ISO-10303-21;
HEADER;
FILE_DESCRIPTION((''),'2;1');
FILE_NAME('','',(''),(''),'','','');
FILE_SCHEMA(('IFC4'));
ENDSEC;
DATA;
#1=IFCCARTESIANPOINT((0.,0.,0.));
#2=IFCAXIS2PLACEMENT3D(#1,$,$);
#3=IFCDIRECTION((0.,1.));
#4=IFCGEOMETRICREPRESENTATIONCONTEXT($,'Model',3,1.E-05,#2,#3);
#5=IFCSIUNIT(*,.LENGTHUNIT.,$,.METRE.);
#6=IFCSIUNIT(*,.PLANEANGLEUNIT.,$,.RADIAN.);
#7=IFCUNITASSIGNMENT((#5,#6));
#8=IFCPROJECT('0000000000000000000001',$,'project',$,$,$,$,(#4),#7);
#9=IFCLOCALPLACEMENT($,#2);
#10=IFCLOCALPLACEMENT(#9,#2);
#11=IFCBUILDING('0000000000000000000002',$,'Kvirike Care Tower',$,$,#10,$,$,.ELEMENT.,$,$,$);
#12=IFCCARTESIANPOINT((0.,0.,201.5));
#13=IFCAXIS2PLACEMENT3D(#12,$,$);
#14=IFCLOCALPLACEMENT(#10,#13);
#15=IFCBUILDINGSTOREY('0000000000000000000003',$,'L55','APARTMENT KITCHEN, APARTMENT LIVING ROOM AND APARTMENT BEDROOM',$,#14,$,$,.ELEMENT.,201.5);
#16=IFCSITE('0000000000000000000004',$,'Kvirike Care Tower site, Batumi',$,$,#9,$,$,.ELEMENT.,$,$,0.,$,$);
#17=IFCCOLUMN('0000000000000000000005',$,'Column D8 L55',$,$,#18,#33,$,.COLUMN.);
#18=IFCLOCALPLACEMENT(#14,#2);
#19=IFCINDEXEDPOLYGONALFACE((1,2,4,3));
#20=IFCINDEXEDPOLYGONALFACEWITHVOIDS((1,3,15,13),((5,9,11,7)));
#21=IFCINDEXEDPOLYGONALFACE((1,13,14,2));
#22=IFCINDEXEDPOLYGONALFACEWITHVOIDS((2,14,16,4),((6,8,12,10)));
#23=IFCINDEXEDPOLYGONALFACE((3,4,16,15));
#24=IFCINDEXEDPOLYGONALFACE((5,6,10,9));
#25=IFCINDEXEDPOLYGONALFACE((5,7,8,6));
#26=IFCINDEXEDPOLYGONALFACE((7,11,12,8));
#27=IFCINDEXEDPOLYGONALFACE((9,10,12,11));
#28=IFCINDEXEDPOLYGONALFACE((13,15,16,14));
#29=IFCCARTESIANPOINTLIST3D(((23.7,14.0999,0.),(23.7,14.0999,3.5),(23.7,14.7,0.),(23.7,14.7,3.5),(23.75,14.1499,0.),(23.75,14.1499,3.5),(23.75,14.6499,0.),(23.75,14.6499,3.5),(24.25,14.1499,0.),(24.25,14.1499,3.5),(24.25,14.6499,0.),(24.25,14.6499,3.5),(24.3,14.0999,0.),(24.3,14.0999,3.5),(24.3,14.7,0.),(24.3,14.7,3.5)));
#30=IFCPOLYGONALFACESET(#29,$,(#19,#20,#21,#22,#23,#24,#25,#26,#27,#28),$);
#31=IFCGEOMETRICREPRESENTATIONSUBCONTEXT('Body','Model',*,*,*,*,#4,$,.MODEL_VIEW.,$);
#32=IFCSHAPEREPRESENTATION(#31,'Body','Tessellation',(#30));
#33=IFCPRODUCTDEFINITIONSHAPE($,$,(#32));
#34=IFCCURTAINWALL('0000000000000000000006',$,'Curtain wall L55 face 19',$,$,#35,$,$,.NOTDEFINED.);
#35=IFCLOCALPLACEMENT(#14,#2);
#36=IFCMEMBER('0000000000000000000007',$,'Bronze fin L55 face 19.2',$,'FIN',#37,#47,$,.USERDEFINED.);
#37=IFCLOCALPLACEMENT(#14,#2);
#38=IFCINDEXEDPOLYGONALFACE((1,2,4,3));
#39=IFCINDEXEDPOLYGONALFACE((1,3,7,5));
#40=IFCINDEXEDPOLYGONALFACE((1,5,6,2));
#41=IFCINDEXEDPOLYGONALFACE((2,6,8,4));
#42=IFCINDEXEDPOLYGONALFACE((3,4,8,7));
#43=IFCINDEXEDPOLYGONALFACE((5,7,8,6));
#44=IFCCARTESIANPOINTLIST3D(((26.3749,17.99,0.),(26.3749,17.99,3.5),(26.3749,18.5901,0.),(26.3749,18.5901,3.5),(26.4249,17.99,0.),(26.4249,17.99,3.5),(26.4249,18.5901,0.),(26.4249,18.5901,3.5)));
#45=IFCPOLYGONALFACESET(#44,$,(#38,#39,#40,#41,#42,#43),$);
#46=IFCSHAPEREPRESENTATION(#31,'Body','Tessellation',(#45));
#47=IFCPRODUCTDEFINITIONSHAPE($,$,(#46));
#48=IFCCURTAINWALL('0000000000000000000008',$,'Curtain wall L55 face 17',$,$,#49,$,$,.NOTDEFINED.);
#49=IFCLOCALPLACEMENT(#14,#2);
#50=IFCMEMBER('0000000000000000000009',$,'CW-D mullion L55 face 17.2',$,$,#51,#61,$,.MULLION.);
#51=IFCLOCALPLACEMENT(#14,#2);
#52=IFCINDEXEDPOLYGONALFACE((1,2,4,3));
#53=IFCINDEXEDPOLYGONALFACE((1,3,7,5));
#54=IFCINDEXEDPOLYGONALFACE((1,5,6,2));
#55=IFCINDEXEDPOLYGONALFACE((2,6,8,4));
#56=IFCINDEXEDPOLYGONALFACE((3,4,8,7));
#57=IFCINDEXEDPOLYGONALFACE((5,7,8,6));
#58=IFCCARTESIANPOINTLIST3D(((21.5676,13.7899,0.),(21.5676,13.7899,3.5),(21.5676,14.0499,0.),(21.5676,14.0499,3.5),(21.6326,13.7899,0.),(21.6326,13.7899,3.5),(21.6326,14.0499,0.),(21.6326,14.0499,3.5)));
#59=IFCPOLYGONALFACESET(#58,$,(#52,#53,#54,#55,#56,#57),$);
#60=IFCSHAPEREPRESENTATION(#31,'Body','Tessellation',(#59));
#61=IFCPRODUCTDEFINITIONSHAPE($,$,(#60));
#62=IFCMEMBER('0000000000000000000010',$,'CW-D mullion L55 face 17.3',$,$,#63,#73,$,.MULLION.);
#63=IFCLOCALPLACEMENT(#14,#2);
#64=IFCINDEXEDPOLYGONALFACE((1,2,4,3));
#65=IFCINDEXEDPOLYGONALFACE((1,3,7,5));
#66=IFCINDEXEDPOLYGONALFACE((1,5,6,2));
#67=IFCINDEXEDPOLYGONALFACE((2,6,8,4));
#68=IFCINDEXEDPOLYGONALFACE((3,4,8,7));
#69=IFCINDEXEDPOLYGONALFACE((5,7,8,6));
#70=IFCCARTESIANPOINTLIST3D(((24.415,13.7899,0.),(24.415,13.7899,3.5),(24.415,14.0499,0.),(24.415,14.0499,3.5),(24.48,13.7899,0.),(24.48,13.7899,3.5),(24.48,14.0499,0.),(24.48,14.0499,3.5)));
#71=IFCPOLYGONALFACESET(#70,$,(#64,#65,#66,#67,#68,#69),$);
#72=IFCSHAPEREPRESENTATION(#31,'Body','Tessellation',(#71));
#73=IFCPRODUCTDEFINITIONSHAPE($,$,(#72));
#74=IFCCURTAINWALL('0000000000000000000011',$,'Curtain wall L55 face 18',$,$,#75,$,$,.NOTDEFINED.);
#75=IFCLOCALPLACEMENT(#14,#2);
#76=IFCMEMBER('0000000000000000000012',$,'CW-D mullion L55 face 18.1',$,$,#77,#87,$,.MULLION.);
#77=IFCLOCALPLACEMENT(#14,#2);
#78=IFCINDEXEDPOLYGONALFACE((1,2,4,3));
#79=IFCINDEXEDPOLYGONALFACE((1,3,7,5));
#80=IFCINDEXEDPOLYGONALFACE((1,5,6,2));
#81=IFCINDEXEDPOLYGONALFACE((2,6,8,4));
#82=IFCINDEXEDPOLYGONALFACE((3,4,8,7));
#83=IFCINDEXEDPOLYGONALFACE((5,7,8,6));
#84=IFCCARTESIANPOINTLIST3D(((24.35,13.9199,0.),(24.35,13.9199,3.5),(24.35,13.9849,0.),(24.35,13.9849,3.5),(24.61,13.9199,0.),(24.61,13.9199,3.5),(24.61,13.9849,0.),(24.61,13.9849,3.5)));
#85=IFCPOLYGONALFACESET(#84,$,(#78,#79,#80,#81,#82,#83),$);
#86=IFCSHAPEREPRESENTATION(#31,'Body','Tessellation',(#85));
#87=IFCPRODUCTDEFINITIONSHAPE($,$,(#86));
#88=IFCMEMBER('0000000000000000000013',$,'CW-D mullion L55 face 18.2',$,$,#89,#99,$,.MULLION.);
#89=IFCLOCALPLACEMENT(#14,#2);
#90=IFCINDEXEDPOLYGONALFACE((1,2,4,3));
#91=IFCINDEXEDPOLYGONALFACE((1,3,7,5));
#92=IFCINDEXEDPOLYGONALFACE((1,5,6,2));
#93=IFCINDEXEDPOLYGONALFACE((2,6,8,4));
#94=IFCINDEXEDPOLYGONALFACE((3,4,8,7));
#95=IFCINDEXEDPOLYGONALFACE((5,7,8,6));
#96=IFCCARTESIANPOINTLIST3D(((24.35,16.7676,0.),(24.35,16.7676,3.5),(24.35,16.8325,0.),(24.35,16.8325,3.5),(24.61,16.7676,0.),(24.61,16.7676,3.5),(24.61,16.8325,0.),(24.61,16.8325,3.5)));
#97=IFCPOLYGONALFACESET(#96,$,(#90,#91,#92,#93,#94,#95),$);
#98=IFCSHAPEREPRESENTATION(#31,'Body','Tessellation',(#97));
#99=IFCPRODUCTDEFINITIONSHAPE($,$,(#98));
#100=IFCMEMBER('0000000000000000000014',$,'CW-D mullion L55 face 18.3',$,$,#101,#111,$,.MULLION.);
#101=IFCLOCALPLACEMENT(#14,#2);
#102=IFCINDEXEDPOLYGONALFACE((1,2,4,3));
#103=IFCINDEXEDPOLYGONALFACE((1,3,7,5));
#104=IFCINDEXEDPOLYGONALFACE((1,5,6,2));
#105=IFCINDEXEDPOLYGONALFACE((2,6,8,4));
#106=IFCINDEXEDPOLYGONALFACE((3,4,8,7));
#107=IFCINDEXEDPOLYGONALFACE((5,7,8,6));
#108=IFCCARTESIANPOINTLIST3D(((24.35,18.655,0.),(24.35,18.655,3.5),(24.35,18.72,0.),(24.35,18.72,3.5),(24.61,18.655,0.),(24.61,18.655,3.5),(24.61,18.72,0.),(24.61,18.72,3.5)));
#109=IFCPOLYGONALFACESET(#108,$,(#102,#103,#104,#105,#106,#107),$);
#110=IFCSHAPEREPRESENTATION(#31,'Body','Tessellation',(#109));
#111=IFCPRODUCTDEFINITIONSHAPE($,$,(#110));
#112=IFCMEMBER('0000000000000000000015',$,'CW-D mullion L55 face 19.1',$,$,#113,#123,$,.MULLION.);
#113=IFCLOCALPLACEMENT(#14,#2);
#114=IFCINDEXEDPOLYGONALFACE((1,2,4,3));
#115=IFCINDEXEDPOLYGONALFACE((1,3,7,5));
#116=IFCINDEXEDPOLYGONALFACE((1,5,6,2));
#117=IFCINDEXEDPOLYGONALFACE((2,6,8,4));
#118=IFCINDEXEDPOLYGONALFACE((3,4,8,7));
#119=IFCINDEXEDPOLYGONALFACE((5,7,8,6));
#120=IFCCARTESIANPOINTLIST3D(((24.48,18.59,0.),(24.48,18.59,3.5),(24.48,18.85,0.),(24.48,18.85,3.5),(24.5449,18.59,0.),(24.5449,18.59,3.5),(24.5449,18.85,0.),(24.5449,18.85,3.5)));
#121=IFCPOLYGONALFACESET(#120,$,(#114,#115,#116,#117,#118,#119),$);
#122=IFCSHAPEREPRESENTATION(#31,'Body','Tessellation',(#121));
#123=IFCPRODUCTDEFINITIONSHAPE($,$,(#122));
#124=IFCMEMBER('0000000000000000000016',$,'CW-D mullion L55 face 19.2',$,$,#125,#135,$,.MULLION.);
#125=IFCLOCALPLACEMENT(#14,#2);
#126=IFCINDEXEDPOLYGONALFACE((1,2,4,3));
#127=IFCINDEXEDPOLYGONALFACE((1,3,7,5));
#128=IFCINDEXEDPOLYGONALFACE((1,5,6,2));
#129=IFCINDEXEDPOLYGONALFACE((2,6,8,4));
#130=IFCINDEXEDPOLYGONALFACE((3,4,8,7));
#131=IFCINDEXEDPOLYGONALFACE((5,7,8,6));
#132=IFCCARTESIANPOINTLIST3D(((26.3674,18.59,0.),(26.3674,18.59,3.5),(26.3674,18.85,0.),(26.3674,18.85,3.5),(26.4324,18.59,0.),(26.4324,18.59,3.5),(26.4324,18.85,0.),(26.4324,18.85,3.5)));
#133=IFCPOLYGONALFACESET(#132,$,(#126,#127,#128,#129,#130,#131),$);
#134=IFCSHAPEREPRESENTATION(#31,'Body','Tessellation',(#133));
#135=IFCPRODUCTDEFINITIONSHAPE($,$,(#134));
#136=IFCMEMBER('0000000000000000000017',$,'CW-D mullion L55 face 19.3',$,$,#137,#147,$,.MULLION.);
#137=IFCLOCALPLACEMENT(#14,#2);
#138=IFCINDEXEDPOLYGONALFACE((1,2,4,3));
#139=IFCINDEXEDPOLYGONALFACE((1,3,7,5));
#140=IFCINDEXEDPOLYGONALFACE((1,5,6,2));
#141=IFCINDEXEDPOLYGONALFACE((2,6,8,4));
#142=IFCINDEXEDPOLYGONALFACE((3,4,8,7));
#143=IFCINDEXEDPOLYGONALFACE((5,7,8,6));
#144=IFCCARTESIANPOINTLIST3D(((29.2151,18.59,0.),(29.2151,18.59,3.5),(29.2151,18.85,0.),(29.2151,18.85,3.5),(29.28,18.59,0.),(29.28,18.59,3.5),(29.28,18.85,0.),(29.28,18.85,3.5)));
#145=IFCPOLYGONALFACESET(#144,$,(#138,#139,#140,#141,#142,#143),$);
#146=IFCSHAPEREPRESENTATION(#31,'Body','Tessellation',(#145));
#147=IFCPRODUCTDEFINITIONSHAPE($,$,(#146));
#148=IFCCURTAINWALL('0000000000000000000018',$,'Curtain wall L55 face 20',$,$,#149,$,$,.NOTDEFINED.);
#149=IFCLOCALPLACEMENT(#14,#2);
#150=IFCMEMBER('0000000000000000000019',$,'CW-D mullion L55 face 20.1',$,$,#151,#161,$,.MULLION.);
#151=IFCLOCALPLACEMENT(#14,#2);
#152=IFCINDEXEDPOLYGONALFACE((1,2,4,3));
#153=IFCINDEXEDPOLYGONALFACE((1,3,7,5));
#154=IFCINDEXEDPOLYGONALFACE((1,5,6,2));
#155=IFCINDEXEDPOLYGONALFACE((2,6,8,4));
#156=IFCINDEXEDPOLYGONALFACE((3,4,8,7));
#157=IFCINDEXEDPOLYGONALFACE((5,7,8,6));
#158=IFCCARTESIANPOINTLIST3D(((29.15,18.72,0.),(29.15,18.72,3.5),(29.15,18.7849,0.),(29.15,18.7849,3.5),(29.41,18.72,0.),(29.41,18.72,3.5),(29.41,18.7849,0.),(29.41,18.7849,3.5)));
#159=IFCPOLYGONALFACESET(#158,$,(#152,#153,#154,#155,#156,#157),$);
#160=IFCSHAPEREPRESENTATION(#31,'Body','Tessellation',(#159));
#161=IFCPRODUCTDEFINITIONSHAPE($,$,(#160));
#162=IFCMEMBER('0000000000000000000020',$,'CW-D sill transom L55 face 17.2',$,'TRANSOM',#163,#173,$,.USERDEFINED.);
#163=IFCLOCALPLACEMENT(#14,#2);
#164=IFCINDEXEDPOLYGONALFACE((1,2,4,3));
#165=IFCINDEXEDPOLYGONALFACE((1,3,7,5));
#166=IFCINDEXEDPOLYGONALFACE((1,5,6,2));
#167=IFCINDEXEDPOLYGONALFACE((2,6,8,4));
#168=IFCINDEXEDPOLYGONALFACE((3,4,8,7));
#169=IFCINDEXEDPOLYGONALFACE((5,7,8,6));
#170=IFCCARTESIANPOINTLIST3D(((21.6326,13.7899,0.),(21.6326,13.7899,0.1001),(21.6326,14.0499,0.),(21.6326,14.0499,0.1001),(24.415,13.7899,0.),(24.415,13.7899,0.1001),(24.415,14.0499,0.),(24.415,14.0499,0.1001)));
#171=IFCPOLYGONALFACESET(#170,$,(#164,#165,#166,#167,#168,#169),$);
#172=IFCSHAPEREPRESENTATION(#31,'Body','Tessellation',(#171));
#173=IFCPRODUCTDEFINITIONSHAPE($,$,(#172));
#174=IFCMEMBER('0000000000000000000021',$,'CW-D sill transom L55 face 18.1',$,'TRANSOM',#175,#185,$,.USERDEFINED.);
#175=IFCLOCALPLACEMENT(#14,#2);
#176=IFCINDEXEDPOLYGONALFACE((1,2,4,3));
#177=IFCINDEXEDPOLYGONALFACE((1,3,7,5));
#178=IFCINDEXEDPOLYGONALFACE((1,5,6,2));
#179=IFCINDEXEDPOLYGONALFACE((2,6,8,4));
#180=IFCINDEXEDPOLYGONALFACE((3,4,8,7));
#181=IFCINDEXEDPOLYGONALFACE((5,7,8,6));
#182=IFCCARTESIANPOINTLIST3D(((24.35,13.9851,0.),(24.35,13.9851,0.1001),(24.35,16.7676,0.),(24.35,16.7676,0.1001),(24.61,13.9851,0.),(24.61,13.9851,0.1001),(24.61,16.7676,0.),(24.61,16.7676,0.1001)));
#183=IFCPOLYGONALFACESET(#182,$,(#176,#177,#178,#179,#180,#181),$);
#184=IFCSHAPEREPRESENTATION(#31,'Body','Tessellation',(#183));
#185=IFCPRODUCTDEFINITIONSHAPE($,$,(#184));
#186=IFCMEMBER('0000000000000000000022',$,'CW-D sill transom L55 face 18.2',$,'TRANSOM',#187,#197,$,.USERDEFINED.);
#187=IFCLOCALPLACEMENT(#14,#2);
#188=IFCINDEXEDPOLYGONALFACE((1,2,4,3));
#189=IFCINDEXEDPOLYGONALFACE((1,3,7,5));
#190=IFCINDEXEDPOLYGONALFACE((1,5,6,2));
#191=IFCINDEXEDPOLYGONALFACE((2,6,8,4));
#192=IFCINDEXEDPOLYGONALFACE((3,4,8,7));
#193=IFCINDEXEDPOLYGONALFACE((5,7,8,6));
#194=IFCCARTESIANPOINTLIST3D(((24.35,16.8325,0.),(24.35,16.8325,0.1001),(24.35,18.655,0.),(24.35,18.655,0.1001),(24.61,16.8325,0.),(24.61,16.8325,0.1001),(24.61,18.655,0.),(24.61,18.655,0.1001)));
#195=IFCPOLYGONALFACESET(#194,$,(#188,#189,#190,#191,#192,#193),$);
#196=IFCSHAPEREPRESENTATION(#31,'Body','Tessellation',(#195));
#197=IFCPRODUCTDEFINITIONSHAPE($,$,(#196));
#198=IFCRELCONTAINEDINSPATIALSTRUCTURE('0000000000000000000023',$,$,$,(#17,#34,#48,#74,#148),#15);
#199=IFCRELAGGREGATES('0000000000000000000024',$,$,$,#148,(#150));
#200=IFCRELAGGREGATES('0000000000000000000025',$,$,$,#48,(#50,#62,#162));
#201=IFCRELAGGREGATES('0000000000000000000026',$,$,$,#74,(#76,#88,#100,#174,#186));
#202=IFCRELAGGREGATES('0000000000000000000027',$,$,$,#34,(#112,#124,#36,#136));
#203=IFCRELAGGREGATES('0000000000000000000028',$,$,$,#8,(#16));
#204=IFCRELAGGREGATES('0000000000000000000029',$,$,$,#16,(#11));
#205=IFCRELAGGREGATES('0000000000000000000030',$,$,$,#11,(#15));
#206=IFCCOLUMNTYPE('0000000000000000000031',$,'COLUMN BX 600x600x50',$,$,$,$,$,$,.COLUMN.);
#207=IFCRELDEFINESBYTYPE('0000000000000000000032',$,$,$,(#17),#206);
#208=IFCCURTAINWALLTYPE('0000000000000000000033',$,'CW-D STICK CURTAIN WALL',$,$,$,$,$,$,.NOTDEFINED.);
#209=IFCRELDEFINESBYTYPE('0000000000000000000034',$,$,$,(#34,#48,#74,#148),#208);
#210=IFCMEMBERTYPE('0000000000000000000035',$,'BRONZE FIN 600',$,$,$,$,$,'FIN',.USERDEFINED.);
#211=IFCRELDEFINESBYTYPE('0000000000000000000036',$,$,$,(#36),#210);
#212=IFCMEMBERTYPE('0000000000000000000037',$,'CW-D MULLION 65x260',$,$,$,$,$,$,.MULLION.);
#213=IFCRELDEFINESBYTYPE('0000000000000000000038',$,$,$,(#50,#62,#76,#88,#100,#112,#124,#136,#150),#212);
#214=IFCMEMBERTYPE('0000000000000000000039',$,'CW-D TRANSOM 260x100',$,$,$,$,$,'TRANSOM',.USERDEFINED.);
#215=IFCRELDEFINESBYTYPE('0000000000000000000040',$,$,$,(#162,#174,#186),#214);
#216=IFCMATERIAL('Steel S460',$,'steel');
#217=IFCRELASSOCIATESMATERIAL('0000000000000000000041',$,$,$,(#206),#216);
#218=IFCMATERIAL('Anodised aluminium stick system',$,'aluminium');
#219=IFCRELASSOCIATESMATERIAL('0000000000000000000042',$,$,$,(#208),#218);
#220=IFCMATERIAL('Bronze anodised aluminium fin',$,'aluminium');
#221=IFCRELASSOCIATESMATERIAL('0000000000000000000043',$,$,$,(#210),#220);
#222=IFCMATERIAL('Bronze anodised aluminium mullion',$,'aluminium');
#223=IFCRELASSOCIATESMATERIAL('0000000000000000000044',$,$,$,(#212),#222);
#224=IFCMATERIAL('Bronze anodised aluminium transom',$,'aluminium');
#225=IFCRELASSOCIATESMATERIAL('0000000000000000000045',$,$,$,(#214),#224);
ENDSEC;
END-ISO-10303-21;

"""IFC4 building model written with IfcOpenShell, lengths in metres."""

from ifc_helpers import new_model, si_unit, direction, frame, origin, origin_2d, place, context, subcontext, project, spatial, rectangle, hollow_rectangle, extrude, material, material_profile, profile_set, type_object, element, aggregate, save


model = new_model("IFC4")

# Units and contexts
model_context = context("Model", 3, precision=1e-05, world=origin(), true_north=direction((0.0, 1.0)))
body_context = subcontext(model_context, "Body", "Model", "MODEL_VIEW")
ifc_project = project(units=[si_unit("LENGTHUNIT", "METRE"), si_unit("PLANEANGLEUNIT", "RADIAN")], contexts=[model_context])

# Site, building, storey
site_placement = place(None, origin())
site = spatial("IfcSite", under=ifc_project, at=site_placement, Name="Kvirike Care Tower site, Batumi", CompositionType="ELEMENT", RefElevation=0.0)
building_placement = place(site_placement, origin())
building = spatial("IfcBuilding", under=site, at=building_placement, Name="Kvirike Care Tower", CompositionType="ELEMENT")
storey_placement = place(building_placement, frame((0.0, 0.0, 201.5)))
storey = spatial("IfcBuildingStorey", under=building, at=storey_placement, Name="L55", Description="APARTMENT KITCHEN, APARTMENT LIVING ROOM AND APARTMENT BEDROOM", CompositionType="ELEMENT", Elevation=201.5)

# Column
ifc_material_1 = material(Name="Steel S460", Category="steel")
ifc_material_profile_1 = material_profile(ifc_material_1, hollow_rectangle(XDim=0.6001, YDim=0.6001, WallThickness=0.05, at=origin_2d()), Name="BX 600x600x50")
ifc_profile_set_1 = profile_set([ifc_material_profile_1], Name="Steel S460")
column_type = type_object("IfcColumnType", Name="COLUMN BX 600x600x50", PredefinedType="COLUMN", material=ifc_profile_set_1)
column_placement = place(storey_placement, frame((24.0, 14.3999, 0.0), z_axis=(0.0, 0.0, 1.0), x_axis=(0.0, 1.0, 0.0)))
element("IfcColumn", 1, at=column_placement, inside=storey, type_object=column_type, Name="Column D8 L55", PredefinedType="COLUMN", context=body_context, shape_type="SweptSolid", body=[
    extrude(hollow_rectangle(XDim=0.6001, YDim=0.6001, WallThickness=0.05, at=origin_2d()), origin(), (0.0, 0.0, 1.0), 3.5),
])

# Curtain wall, member
ifc_material_2 = material(Name="Anodised aluminium stick system", Category="aluminium")
curtain_wall_type = type_object("IfcCurtainWallType", Name="CW-D STICK CURTAIN WALL", PredefinedType="NOTDEFINED", material=ifc_material_2)
curtain_wall_1_placement = place(storey_placement, origin())
curtain_wall_1 = element("IfcCurtainWall", 2, at=curtain_wall_1_placement, inside=storey, type_object=curtain_wall_type, Name="Curtain wall L55 face 19", PredefinedType="NOTDEFINED")
ifc_material_3 = material(Name="Bronze anodised aluminium fin", Category="aluminium")
ifc_material_profile_2 = material_profile(ifc_material_3, rectangle(XDim=0.05, YDim=0.6001, at=origin_2d()), Name="BRONZE FIN 600")
ifc_profile_set_2 = profile_set([ifc_material_profile_2], Name="Bronze anodised aluminium fin")
member_type_1 = type_object("IfcMemberType", Name="BRONZE FIN 600", ElementType="FIN", PredefinedType="USERDEFINED", material=ifc_profile_set_2)
member_1_placement = place(storey_placement, frame((26.3999, 18.29, 0.0), z_axis=(0.0, 0.0, 1.0), x_axis=(1.0, 0.0, 0.0)))
member_1 = element("IfcMember", 3, at=member_1_placement, type_object=member_type_1, Name="Bronze fin L55 face 19.2", ObjectType="FIN", PredefinedType="USERDEFINED", context=body_context, shape_type="SweptSolid", body=[
    extrude(rectangle(XDim=0.05, YDim=0.6001, at=origin_2d()), origin(), (0.0, 0.0, 1.0), 3.5),
])

# Curtain walls, members
curtain_wall_2_placement = place(storey_placement, origin())
curtain_wall_2 = element("IfcCurtainWall", 4, at=curtain_wall_2_placement, inside=storey, type_object=curtain_wall_type, Name="Curtain wall L55 face 17", PredefinedType="NOTDEFINED")
ifc_material_4 = material(Name="Bronze anodised aluminium mullion", Category="aluminium")
ifc_material_profile_3 = material_profile(ifc_material_4, rectangle(XDim=0.0649, YDim=0.26, at=origin_2d()), Name="CW-D MULLION 65x260")
ifc_profile_set_3 = profile_set([ifc_material_profile_3], Name="Bronze anodised aluminium mullion")
member_type_2 = type_object("IfcMemberType", Name="CW-D MULLION 65x260", PredefinedType="MULLION", material=ifc_profile_set_3)
member_2_placement = place(storey_placement, frame((21.6001, 13.9199, 0.0), z_axis=(0.0, 0.0, 1.0), x_axis=(1.0, 0.0, 0.0)))
member_2 = element("IfcMember", 5, at=member_2_placement, type_object=member_type_2, Name="CW-D mullion L55 face 17.2", PredefinedType="MULLION", context=body_context, shape_type="SweptSolid", body=[
    extrude(rectangle(XDim=0.0649, YDim=0.26, at=origin_2d()), origin(), (0.0, 0.0, 1.0), 3.5),
])
member_3_placement = place(storey_placement, frame((24.4475, 13.9199, 0.0), z_axis=(0.0, 0.0, 1.0), x_axis=(1.0, 0.0, 0.0)))
member_3 = element("IfcMember", 6, at=member_3_placement, type_object=member_type_2, Name="CW-D mullion L55 face 17.3", PredefinedType="MULLION", context=body_context, shape_type="SweptSolid", body=[
    extrude(rectangle(XDim=0.0649, YDim=0.26, at=origin_2d()), origin(), (0.0, 0.0, 1.0), 3.5),
])
curtain_wall_3_placement = place(storey_placement, origin())
curtain_wall_3 = element("IfcCurtainWall", 7, at=curtain_wall_3_placement, inside=storey, type_object=curtain_wall_type, Name="Curtain wall L55 face 18", PredefinedType="NOTDEFINED")
member_4_placement = place(storey_placement, frame((24.48, 13.9524, 0.0), z_axis=(0.0, 0.0, 1.0), x_axis=(0.0, 1.0, 0.0)))
member_4 = element("IfcMember", 8, at=member_4_placement, type_object=member_type_2, Name="CW-D mullion L55 face 18.1", PredefinedType="MULLION", context=body_context, shape_type="SweptSolid", body=[
    extrude(rectangle(XDim=0.0649, YDim=0.26, at=origin_2d()), origin(), (0.0, 0.0, 1.0), 3.5),
])
member_5_placement = place(storey_placement, frame((24.48, 16.8, 0.0), z_axis=(0.0, 0.0, 1.0), x_axis=(0.0, 1.0, 0.0)))
member_5 = element("IfcMember", 9, at=member_5_placement, type_object=member_type_2, Name="CW-D mullion L55 face 18.2", PredefinedType="MULLION", context=body_context, shape_type="SweptSolid", body=[
    extrude(rectangle(XDim=0.0649, YDim=0.26, at=origin_2d()), origin(), (0.0, 0.0, 1.0), 3.5),
])
member_6_placement = place(storey_placement, frame((24.48, 18.6875, 0.0), z_axis=(0.0, 0.0, 1.0), x_axis=(0.0, 1.0, 0.0)))
member_6 = element("IfcMember", 10, at=member_6_placement, type_object=member_type_2, Name="CW-D mullion L55 face 18.3", PredefinedType="MULLION", context=body_context, shape_type="SweptSolid", body=[
    extrude(rectangle(XDim=0.0649, YDim=0.26, at=origin_2d()), origin(), (0.0, 0.0, 1.0), 3.5),
])

# Members
member_7_placement = place(storey_placement, frame((24.5125, 18.72, 0.0), z_axis=(0.0, 0.0, 1.0), x_axis=(1.0, 0.0, 0.0)))
member_7 = element("IfcMember", 11, at=member_7_placement, type_object=member_type_2, Name="CW-D mullion L55 face 19.1", PredefinedType="MULLION", context=body_context, shape_type="SweptSolid", body=[
    extrude(rectangle(XDim=0.0649, YDim=0.26, at=origin_2d()), origin(), (0.0, 0.0, 1.0), 3.5),
])
member_8_placement = place(storey_placement, frame((26.3999, 18.72, 0.0), z_axis=(0.0, 0.0, 1.0), x_axis=(1.0, 0.0, 0.0)))
member_8 = element("IfcMember", 12, at=member_8_placement, type_object=member_type_2, Name="CW-D mullion L55 face 19.2", PredefinedType="MULLION", context=body_context, shape_type="SweptSolid", body=[
    extrude(rectangle(XDim=0.0649, YDim=0.26, at=origin_2d()), origin(), (0.0, 0.0, 1.0), 3.5),
])
member_9_placement = place(storey_placement, frame((29.2476, 18.72, 0.0), z_axis=(0.0, 0.0, 1.0), x_axis=(1.0, 0.0, 0.0)))
member_9 = element("IfcMember", 13, at=member_9_placement, type_object=member_type_2, Name="CW-D mullion L55 face 19.3", PredefinedType="MULLION", context=body_context, shape_type="SweptSolid", body=[
    extrude(rectangle(XDim=0.0649, YDim=0.26, at=origin_2d()), origin(), (0.0, 0.0, 1.0), 3.5),
])

# Curtain wall, member
curtain_wall_4_placement = place(storey_placement, origin())
curtain_wall_4 = element("IfcCurtainWall", 14, at=curtain_wall_4_placement, inside=storey, type_object=curtain_wall_type, Name="Curtain wall L55 face 20", PredefinedType="NOTDEFINED")
member_10_placement = place(storey_placement, frame((29.28, 18.7524, 0.0), z_axis=(0.0, 0.0, 1.0), x_axis=(0.0, 1.0, 0.0)))
member_10 = element("IfcMember", 15, at=member_10_placement, type_object=member_type_2, Name="CW-D mullion L55 face 20.1", PredefinedType="MULLION", context=body_context, shape_type="SweptSolid", body=[
    extrude(rectangle(XDim=0.0649, YDim=0.26, at=origin_2d()), origin(), (0.0, 0.0, 1.0), 3.5),
])

# Members
ifc_material_5 = material(Name="Bronze anodised aluminium transom", Category="aluminium")
ifc_material_profile_4 = material_profile(ifc_material_5, rectangle(XDim=0.26, YDim=0.1001, at=origin_2d()), Name="CW-D TRANSOM 260x100")
ifc_profile_set_4 = profile_set([ifc_material_profile_4], Name="Bronze anodised aluminium transom")
member_type_3 = type_object("IfcMemberType", Name="CW-D TRANSOM 260x100", ElementType="TRANSOM", PredefinedType="USERDEFINED", material=ifc_profile_set_4)
member_11_placement = place(storey_placement, frame((21.6326, 13.9199, 0.05), z_axis=(1.0, 0.0, 0.0), x_axis=(0.0, 1.0, 0.0)))
member_11 = element("IfcMember", 16, at=member_11_placement, type_object=member_type_3, Name="CW-D sill transom L55 face 17.2", ObjectType="TRANSOM", PredefinedType="USERDEFINED", context=body_context, shape_type="SweptSolid", body=[
    extrude(rectangle(XDim=0.26, YDim=0.1001, at=origin_2d()), origin(), (0.0, 0.0, 1.0), 2.7825),
])
member_12_placement = place(storey_placement, frame((24.48, 13.9851, 0.05), z_axis=(0.0, 1.0, 0.0), x_axis=(-1.0, 0.0, 0.0)))
member_12 = element("IfcMember", 17, at=member_12_placement, type_object=member_type_3, Name="CW-D sill transom L55 face 18.1", ObjectType="TRANSOM", PredefinedType="USERDEFINED", context=body_context, shape_type="SweptSolid", body=[
    extrude(rectangle(XDim=0.26, YDim=0.1001, at=origin_2d()), origin(), (0.0, 0.0, 1.0), 2.7825),
])
member_13_placement = place(storey_placement, frame((24.48, 16.8325, 0.05), z_axis=(0.0, 1.0, 0.0), x_axis=(-1.0, 0.0, 0.0)))
member_13 = element("IfcMember", 18, at=member_13_placement, type_object=member_type_3, Name="CW-D sill transom L55 face 18.2", ObjectType="TRANSOM", PredefinedType="USERDEFINED", context=body_context, shape_type="SweptSolid", body=[
    extrude(rectangle(XDim=0.26, YDim=0.1001, at=origin_2d()), origin(), (0.0, 0.0, 1.0), 1.8225),
])
aggregate(curtain_wall_4, [member_10])

aggregate(curtain_wall_2, [member_2, member_3, member_11])
aggregate(curtain_wall_3, [member_4, member_5, member_6, member_12, member_13])
aggregate(curtain_wall_1, [member_7, member_8, member_1, member_9])

save(model, "model.ifc")
